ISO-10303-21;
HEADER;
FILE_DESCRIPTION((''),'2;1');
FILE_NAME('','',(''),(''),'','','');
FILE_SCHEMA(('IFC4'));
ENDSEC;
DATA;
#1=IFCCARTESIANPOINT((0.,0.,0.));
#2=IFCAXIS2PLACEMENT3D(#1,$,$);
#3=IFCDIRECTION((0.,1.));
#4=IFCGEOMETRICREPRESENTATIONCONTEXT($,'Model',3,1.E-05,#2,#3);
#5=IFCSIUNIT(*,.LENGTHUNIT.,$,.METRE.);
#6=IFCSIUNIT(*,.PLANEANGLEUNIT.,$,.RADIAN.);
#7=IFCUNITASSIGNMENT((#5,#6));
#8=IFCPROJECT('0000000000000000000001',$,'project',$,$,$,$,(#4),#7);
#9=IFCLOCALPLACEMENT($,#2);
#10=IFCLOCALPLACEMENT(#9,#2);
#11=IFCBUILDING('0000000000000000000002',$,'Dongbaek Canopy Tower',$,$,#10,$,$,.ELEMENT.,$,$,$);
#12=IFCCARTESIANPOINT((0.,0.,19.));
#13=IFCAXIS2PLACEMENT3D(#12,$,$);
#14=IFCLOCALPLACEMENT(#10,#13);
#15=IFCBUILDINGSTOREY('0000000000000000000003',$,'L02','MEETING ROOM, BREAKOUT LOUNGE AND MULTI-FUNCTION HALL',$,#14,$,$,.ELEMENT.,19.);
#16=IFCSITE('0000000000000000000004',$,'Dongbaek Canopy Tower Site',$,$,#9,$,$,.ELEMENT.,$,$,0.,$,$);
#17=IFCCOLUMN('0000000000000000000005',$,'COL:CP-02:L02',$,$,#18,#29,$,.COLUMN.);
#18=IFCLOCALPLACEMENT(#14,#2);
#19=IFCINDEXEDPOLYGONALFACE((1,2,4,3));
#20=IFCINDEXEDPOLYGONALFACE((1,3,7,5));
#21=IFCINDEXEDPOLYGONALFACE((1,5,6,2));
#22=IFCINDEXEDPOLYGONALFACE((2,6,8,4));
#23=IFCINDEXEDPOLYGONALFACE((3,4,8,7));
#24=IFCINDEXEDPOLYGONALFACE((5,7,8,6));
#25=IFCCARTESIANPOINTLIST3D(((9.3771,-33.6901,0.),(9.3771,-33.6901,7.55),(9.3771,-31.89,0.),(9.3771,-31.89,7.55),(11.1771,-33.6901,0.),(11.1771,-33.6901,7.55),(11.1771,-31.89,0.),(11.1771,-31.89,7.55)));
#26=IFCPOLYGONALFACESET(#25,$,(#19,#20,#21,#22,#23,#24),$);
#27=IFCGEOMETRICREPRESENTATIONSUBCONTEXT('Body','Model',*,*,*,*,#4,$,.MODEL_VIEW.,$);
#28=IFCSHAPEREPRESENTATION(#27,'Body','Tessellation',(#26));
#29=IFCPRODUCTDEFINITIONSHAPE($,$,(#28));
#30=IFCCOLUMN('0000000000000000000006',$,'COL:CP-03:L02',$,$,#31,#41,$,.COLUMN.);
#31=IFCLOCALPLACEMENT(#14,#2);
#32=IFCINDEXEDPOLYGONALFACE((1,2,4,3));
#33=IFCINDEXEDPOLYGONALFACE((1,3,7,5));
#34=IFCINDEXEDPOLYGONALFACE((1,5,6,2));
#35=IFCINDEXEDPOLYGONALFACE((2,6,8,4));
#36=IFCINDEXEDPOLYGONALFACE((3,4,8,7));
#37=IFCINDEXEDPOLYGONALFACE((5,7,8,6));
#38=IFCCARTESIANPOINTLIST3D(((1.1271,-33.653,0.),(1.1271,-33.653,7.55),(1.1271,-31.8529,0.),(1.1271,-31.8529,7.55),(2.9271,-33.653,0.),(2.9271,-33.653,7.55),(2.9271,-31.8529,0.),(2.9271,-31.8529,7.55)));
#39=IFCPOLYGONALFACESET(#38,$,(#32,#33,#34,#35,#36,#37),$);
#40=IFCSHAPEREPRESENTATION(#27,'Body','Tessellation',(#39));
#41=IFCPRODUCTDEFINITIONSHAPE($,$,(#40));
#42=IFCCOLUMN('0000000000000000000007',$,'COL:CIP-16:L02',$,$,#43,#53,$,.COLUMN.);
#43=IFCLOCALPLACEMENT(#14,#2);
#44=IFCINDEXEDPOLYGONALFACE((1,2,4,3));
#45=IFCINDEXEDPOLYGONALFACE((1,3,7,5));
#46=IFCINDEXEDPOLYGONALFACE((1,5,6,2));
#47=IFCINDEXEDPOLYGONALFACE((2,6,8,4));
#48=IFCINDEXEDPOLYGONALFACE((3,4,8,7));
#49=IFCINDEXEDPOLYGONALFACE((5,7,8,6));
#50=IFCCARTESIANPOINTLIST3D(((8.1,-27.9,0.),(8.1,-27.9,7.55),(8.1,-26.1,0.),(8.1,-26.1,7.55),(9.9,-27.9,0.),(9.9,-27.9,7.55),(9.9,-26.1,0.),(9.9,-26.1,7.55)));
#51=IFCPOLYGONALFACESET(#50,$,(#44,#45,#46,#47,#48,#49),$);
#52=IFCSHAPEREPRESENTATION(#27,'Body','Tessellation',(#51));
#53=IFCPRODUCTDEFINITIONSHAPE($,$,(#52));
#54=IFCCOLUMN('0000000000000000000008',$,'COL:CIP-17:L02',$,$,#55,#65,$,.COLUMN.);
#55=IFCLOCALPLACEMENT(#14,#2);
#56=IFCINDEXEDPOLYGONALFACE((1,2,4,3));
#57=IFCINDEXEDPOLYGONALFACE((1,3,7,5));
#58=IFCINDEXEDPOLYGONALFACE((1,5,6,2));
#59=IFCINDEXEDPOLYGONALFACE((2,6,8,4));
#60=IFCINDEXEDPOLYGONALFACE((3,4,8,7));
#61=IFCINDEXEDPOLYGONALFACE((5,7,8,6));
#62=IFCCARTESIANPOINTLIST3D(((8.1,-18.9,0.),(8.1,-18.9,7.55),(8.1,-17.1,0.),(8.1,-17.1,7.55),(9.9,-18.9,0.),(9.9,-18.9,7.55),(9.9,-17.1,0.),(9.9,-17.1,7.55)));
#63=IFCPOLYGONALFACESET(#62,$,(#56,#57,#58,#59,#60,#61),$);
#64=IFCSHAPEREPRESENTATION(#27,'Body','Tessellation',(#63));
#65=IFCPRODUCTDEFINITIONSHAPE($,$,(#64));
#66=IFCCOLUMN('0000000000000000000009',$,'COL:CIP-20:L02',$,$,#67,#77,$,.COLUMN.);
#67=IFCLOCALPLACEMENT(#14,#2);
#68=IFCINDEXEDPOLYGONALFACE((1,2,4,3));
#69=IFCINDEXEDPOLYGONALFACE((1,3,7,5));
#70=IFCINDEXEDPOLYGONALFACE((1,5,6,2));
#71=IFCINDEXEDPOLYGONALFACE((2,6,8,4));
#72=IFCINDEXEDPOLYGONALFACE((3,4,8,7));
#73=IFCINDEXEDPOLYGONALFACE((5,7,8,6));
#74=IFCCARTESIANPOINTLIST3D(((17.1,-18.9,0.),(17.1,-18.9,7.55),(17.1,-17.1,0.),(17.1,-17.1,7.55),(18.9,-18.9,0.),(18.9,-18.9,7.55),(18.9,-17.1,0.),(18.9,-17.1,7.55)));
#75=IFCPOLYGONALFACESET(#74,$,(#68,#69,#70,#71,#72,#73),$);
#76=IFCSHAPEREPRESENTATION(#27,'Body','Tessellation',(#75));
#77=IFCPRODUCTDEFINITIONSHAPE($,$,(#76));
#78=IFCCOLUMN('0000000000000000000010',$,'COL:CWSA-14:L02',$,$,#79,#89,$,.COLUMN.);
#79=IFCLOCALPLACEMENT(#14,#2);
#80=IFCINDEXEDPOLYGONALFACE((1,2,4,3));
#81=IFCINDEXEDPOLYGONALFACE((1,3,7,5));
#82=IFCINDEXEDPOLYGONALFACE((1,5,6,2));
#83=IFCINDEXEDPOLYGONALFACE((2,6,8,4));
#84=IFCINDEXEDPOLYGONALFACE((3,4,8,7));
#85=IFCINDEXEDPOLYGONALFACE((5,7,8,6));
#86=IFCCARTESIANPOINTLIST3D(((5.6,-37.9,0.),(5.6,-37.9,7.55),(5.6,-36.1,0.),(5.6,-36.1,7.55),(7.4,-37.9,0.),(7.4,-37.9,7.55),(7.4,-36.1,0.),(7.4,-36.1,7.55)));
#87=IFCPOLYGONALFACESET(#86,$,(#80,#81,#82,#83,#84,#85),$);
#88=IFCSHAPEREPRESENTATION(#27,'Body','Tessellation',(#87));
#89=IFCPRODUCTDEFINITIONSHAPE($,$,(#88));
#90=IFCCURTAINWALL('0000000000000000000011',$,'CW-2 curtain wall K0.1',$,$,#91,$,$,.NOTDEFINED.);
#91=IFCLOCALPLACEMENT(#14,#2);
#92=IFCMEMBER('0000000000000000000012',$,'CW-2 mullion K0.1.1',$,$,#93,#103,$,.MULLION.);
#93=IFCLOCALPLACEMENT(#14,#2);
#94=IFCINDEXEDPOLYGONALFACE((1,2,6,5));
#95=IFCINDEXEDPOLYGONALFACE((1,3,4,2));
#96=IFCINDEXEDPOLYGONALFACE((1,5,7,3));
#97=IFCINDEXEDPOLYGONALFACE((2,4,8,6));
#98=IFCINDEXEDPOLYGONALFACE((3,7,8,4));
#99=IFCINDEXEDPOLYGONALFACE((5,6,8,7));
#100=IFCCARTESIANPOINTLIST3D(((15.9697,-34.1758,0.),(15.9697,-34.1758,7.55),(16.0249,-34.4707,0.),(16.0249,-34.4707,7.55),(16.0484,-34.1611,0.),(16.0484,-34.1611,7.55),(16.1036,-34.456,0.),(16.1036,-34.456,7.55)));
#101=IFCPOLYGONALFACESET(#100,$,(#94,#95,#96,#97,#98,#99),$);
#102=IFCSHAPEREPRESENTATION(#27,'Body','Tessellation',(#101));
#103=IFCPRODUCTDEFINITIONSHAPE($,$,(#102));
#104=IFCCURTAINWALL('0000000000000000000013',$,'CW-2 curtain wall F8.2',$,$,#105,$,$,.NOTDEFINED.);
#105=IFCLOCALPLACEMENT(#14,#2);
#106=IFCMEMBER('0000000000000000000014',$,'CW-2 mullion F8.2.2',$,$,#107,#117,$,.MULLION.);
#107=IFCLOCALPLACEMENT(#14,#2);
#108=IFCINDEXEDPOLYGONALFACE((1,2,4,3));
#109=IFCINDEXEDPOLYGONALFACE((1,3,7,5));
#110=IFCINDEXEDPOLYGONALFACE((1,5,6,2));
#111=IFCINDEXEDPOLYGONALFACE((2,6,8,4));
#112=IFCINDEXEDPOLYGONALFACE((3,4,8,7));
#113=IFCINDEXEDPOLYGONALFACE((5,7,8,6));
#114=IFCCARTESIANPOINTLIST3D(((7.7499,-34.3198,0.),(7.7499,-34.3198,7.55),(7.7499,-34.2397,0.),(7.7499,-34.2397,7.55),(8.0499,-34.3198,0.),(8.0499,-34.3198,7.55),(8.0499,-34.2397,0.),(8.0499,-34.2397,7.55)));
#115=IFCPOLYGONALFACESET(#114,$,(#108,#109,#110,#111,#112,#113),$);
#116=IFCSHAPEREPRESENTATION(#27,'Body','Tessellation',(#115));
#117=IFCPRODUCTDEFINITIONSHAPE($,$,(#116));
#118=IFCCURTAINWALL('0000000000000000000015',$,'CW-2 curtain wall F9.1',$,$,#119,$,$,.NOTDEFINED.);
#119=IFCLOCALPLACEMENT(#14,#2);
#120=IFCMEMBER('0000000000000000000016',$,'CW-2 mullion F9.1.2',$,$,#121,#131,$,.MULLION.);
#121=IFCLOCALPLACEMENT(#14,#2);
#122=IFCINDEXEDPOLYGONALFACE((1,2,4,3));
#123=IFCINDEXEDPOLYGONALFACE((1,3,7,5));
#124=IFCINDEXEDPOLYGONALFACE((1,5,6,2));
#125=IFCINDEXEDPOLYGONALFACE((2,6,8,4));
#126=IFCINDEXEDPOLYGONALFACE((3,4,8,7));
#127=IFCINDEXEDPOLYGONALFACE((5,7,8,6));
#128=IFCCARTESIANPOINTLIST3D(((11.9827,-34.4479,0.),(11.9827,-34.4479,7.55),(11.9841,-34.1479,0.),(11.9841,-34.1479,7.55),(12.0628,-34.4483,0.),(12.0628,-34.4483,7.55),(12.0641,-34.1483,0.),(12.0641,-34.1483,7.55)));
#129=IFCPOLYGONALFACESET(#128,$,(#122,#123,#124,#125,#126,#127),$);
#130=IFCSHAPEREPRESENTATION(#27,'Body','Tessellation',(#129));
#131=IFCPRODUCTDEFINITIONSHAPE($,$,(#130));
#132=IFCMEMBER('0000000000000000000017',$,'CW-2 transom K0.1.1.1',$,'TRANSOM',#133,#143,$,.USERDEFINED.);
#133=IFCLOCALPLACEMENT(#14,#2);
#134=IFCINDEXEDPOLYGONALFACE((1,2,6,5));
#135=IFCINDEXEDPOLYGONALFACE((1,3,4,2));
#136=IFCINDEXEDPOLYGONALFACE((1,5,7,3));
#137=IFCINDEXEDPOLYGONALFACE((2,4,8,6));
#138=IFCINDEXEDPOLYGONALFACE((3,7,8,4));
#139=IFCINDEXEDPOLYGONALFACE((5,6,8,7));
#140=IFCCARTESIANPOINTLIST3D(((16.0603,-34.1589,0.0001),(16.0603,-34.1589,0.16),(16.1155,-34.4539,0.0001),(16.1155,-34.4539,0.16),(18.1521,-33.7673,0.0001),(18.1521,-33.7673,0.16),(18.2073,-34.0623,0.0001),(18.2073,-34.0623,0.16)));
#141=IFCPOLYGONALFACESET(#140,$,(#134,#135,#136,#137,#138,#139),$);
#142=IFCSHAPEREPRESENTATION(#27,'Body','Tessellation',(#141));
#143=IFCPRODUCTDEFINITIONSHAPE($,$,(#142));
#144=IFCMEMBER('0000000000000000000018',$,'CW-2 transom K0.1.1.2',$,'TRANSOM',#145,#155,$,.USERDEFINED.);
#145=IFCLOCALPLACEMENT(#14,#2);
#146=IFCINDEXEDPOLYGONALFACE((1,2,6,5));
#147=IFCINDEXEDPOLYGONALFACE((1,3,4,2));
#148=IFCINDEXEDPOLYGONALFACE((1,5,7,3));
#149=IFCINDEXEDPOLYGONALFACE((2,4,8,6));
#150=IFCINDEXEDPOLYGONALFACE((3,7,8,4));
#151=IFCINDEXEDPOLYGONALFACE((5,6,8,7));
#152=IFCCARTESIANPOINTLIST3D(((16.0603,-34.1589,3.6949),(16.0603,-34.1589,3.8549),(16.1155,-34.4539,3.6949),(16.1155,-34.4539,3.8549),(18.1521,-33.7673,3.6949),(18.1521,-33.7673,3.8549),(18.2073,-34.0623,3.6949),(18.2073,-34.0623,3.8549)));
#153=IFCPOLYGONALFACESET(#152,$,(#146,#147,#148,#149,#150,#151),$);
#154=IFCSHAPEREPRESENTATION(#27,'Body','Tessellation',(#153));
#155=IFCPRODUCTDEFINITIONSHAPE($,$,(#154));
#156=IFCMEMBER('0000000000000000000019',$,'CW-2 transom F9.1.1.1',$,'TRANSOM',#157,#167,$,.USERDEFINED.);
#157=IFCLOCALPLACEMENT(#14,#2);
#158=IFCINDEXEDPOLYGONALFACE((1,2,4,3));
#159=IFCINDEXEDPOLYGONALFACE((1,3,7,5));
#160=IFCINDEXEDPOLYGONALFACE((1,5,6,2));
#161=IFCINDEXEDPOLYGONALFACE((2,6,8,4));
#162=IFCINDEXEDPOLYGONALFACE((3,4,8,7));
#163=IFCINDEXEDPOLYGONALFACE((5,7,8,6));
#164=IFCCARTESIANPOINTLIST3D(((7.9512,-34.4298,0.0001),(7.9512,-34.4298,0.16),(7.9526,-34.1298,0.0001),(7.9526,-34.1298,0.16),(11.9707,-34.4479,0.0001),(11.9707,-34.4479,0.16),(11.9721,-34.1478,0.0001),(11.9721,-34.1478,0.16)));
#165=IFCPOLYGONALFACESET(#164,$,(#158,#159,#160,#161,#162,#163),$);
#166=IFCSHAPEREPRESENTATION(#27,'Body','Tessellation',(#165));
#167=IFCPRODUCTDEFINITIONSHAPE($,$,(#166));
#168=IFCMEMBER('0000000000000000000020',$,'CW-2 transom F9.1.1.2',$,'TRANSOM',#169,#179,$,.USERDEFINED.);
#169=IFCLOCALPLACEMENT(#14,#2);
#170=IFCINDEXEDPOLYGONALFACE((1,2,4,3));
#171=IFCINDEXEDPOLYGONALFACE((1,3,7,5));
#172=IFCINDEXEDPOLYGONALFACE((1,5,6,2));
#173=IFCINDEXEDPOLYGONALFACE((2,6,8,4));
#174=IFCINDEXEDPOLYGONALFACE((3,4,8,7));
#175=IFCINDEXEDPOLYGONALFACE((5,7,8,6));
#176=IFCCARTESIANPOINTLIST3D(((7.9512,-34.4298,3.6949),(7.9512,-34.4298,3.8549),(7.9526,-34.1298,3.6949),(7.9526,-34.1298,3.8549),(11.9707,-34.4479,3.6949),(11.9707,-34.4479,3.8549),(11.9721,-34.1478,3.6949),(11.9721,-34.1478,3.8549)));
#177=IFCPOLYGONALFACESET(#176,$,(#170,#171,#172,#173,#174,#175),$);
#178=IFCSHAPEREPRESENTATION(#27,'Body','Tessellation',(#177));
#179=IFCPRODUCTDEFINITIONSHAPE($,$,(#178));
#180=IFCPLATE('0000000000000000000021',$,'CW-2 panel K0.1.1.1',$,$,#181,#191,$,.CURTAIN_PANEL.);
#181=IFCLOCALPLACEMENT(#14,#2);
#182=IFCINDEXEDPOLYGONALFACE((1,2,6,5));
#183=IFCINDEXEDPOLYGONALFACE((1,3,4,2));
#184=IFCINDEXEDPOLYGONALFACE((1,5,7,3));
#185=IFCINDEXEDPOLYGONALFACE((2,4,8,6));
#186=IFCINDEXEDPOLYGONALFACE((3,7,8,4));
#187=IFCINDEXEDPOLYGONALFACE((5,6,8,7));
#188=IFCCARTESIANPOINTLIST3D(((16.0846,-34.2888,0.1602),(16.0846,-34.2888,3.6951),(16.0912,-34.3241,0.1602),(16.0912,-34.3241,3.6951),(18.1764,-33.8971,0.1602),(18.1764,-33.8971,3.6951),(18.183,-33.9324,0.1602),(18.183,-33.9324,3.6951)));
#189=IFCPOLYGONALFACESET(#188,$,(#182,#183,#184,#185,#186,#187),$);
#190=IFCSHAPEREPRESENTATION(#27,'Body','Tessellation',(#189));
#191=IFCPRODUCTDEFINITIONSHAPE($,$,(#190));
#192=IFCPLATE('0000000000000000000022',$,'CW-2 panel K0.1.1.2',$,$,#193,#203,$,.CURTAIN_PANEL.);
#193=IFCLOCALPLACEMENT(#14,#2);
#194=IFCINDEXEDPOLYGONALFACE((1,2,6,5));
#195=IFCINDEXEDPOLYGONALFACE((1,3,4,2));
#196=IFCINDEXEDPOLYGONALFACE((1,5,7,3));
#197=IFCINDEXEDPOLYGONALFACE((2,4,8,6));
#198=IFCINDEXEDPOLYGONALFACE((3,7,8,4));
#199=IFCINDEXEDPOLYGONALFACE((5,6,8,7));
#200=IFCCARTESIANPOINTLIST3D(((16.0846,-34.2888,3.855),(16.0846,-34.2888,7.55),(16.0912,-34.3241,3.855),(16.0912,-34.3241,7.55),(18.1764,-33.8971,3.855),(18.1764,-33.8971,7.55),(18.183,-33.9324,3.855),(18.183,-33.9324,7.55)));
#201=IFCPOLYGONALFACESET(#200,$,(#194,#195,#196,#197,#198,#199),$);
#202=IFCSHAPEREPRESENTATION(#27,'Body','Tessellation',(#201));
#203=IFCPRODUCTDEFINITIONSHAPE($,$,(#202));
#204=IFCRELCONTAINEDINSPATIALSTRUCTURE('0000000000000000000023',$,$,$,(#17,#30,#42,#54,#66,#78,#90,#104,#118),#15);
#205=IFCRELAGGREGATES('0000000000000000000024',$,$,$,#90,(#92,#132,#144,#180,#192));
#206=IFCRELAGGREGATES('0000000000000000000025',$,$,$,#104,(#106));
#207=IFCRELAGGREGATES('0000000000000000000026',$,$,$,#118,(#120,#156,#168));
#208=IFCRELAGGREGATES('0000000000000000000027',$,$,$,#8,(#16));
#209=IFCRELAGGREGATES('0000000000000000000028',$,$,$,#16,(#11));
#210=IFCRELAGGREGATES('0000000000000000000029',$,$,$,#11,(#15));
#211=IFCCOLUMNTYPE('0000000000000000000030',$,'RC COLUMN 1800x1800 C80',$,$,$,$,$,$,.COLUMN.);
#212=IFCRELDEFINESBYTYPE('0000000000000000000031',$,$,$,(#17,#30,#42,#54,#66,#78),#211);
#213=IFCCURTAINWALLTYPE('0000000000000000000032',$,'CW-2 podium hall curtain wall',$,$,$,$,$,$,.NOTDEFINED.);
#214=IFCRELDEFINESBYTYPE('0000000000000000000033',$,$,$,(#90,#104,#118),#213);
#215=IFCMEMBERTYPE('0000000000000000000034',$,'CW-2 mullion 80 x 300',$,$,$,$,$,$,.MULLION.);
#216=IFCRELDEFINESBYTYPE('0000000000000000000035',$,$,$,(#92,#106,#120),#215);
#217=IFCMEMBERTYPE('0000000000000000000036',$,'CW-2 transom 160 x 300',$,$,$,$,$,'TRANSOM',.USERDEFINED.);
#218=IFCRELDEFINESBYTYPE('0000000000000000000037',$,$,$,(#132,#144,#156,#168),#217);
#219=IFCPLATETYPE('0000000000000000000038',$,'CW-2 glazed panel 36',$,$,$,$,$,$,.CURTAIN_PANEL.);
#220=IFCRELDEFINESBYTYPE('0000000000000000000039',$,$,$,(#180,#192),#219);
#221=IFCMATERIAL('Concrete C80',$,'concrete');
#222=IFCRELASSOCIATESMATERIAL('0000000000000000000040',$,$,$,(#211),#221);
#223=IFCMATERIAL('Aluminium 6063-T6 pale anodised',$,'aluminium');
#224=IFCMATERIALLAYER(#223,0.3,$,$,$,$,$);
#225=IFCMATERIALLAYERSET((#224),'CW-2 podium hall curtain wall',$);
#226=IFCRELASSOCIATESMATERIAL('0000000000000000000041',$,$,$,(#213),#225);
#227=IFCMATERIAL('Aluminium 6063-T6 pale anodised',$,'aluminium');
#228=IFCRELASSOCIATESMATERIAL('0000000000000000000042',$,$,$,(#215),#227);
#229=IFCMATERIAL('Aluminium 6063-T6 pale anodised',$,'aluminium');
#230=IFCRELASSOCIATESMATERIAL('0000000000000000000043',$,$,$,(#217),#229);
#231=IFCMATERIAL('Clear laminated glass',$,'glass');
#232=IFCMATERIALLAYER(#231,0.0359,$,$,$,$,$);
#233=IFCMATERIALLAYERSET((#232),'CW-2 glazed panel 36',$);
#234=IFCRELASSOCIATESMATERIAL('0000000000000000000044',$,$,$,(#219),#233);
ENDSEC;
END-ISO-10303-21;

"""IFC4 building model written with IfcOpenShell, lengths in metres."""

from ifc_helpers import new_model, si_unit, direction, frame, origin, origin_2d, place, context, subcontext, project, spatial, rectangle, extrude, material, layer, layer_set, material_profile, profile_set, type_object, element, aggregate, save


model = new_model("IFC4")

# Units and contexts
model_context = context("Model", 3, precision=1e-05, world=origin(), true_north=direction((0.0, 1.0)))
body_context = subcontext(model_context, "Body", "Model", "MODEL_VIEW")
ifc_project = project(units=[si_unit("LENGTHUNIT", "METRE"), si_unit("PLANEANGLEUNIT", "RADIAN")], contexts=[model_context])

# Site, building, storey
site_placement = place(None, origin())
site = spatial("IfcSite", under=ifc_project, at=site_placement, Name="Dongbaek Canopy Tower Site", CompositionType="ELEMENT", RefElevation=0.0)
building_placement = place(site_placement, origin())
building = spatial("IfcBuilding", under=site, at=building_placement, Name="Dongbaek Canopy Tower", CompositionType="ELEMENT")
storey_placement = place(building_placement, frame((0.0, 0.0, 19.0)))
storey = spatial("IfcBuildingStorey", under=building, at=storey_placement, Name="L02", Description="MEETING ROOM, BREAKOUT LOUNGE AND MULTI-FUNCTION HALL", CompositionType="ELEMENT", Elevation=19.0)

# Columns
ifc_material_1 = material(Name="Concrete C80", Category="concrete")
ifc_material_profile_1 = material_profile(ifc_material_1, rectangle(XDim=1.8, YDim=1.8, at=origin_2d()), Name="RC COLUMN 1800x1800 C80")
ifc_profile_set_1 = profile_set([ifc_material_profile_1], Name="Concrete C80")
column_type = type_object("IfcColumnType", Name="RC COLUMN 1800x1800 C80", PredefinedType="COLUMN", material=ifc_profile_set_1)
for number, where, z_axis, x_axis, name in (
    (1, (10.2771, -32.79, 0.0), (0.0, 0.0, 1.0), (1.0, 0.0, 0.0), "COL:CP-02:L02"),
    (2, (2.0271, -32.7529, 0.0), (0.0, 0.0, 1.0), (1.0, 0.0, 0.0), "COL:CP-03:L02"),
    (3, (9.0, -27.0, 0.0), (0.0, 0.0, 1.0), (1.0, 0.0, 0.0), "COL:CIP-16:L02"),
    (4, (9.0, -18.0, 0.0), (0.0, 0.0, 1.0), (1.0, 0.0, 0.0), "COL:CIP-17:L02"),
    (5, (18.0, -18.0, 0.0), (0.0, 0.0, 1.0), (1.0, 0.0, 0.0), "COL:CIP-20:L02"),
    (6, (6.5, -37.0, 0.0), (0.0, 0.0, 1.0), (1.0, 0.0, 0.0), "COL:CWSA-14:L02"),
):
    element("IfcColumn", number, at=place(storey_placement, frame(where, z_axis=z_axis, x_axis=x_axis)), inside=storey, type_object=column_type, Name=name, PredefinedType="COLUMN", context=body_context, shape_type="SweptSolid", body=[
        extrude(rectangle(XDim=1.8, YDim=1.8, at=origin_2d()), origin(), (0.0, 0.0, 1.0), 7.55),
    ])

# Curtain walls, members
ifc_material_2 = material(Name="Aluminium 6063-T6 pale anodised", Category="aluminium")
ifc_layer_1 = layer(ifc_material_2, 0.3)
ifc_layer_set_1 = layer_set([ifc_layer_1], Name="CW-2 podium hall curtain wall")
curtain_wall_type = type_object("IfcCurtainWallType", Name="CW-2 podium hall curtain wall", PredefinedType="NOTDEFINED", material=ifc_layer_set_1)
curtain_wall_1_placement = place(storey_placement, origin())
curtain_wall_1 = element("IfcCurtainWall", 7, at=curtain_wall_1_placement, inside=storey, type_object=curtain_wall_type, Name="CW-2 curtain wall K0.1", PredefinedType="NOTDEFINED")
ifc_material_3 = material(Name="Aluminium 6063-T6 pale anodised", Category="aluminium")
ifc_material_profile_2 = material_profile(ifc_material_3, rectangle(XDim=0.3, YDim=0.0801, at=origin_2d()), Name="CW-2 mullion 80 x 300")
ifc_profile_set_2 = profile_set([ifc_material_profile_2], Name="Aluminium 6063-T6 pale anodised")
member_type_1 = type_object("IfcMemberType", Name="CW-2 mullion 80 x 300", PredefinedType="MULLION", material=ifc_profile_set_2)
member_1_placement = place(storey_placement, frame((16.0366, -34.3159, 0.0), z_axis=(0.0, 0.0, 1.0), x_axis=(0.184024, -0.982922, 0.0)))
member_1 = element("IfcMember", 8, at=member_1_placement, type_object=member_type_1, Name="CW-2 mullion K0.1.1", PredefinedType="MULLION", context=body_context, shape_type="SweptSolid", body=[
    extrude(rectangle(XDim=0.3, YDim=0.0801, at=origin_2d()), origin(), (0.0, 0.0, 1.0), 7.55),
])
curtain_wall_2_placement = place(storey_placement, origin())
curtain_wall_2 = element("IfcCurtainWall", 9, at=curtain_wall_2_placement, inside=storey, type_object=curtain_wall_type, Name="CW-2 curtain wall F8.2", PredefinedType="NOTDEFINED")
member_2_placement = place(storey_placement, frame((7.8999, -34.2798, 0.0), z_axis=(0.0, 0.0, 1.0), x_axis=(1.0, 0.0, 0.0)))
member_2 = element("IfcMember", 10, at=member_2_placement, type_object=member_type_1, Name="CW-2 mullion F8.2.2", PredefinedType="MULLION", context=body_context, shape_type="SweptSolid", body=[
    extrude(rectangle(XDim=0.3, YDim=0.0801, at=origin_2d()), origin(), (0.0, 0.0, 1.0), 7.55),
])
curtain_wall_3_placement = place(storey_placement, origin())
curtain_wall_3 = element("IfcCurtainWall", 11, at=curtain_wall_3_placement, inside=storey, type_object=curtain_wall_type, Name="CW-2 curtain wall F9.1", PredefinedType="NOTDEFINED")
member_3_placement = place(storey_placement, frame((12.0234, -34.2981, 0.0), z_axis=(0.0, 0.0, 1.0), x_axis=(-0.004466, -0.99999, 0.0)))
member_3 = element("IfcMember", 12, at=member_3_placement, type_object=member_type_1, Name="CW-2 mullion F9.1.2", PredefinedType="MULLION", context=body_context, shape_type="SweptSolid", body=[
    extrude(rectangle(XDim=0.3, YDim=0.0801, at=origin_2d()), origin(), (0.0, 0.0, 1.0), 7.55),
])

# Members
ifc_material_4 = material(Name="Aluminium 6063-T6 pale anodised", Category="aluminium")
ifc_material_profile_3 = material_profile(ifc_material_4, rectangle(XDim=0.3, YDim=0.1599, at=origin_2d()), Name="CW-2 transom 160 x 300")
ifc_profile_set_3 = profile_set([ifc_material_profile_3], Name="Aluminium 6063-T6 pale anodised")
member_type_2 = type_object("IfcMemberType", Name="CW-2 transom 160 x 300", ElementType="TRANSOM", PredefinedType="USERDEFINED", material=ifc_profile_set_3)
member_4_placement = place(storey_placement, frame((16.0879, -34.3064, 0.0801), z_axis=(0.982924, 0.184011, 0.0), x_axis=(-0.184011, 0.982924, 0.0)))
member_4 = element("IfcMember", 13, at=member_4_placement, type_object=member_type_2, Name="CW-2 transom K0.1.1.1", ObjectType="TRANSOM", PredefinedType="USERDEFINED", context=body_context, shape_type="SweptSolid", body=[
    extrude(rectangle(XDim=0.3, YDim=0.1599, at=origin_2d()), origin(), (0.0, 0.0, 1.0), 2.1282),
])
member_5_placement = place(storey_placement, frame((16.0879, -34.3064, 3.7749), z_axis=(0.982924, 0.184011, 0.0), x_axis=(-0.184011, 0.982924, 0.0)))
member_5 = element("IfcMember", 14, at=member_5_placement, type_object=member_type_2, Name="CW-2 transom K0.1.1.2", ObjectType="TRANSOM", PredefinedType="USERDEFINED", context=body_context, shape_type="SweptSolid", body=[
    extrude(rectangle(XDim=0.3, YDim=0.1599, at=origin_2d()), origin(), (0.0, 0.0, 1.0), 2.1282),
])
member_6_placement = place(storey_placement, frame((7.9519, -34.2798, 0.0801), z_axis=(0.99999, -0.004495, 0.0), x_axis=(0.004495, 0.99999, 0.0)))
member_6 = element("IfcMember", 15, at=member_6_placement, type_object=member_type_2, Name="CW-2 transom F9.1.1.1", ObjectType="TRANSOM", PredefinedType="USERDEFINED", context=body_context, shape_type="SweptSolid", body=[
    extrude(rectangle(XDim=0.3, YDim=0.1599, at=origin_2d()), origin(), (0.0, 0.0, 1.0), 4.0195),
])
member_7_placement = place(storey_placement, frame((7.9519, -34.2798, 3.7749), z_axis=(0.99999, -0.004495, 0.0), x_axis=(0.004495, 0.99999, 0.0)))
member_7 = element("IfcMember", 16, at=member_7_placement, type_object=member_type_2, Name="CW-2 transom F9.1.1.2", ObjectType="TRANSOM", PredefinedType="USERDEFINED", context=body_context, shape_type="SweptSolid", body=[
    extrude(rectangle(XDim=0.3, YDim=0.1599, at=origin_2d()), origin(), (0.0, 0.0, 1.0), 4.0195),
])

# Plates
ifc_material_5 = material(Name="Clear laminated glass", Category="glass")
ifc_layer_2 = layer(ifc_material_5, 0.0359)
ifc_layer_set_2 = layer_set([ifc_layer_2], Name="CW-2 glazed panel 36")
plate_type = type_object("IfcPlateType", Name="CW-2 glazed panel 36", PredefinedType="CURTAIN_PANEL", material=ifc_layer_set_2)
plate_1_placement = place(storey_placement, frame((17.1338, -34.1106, 0.1602), z_axis=(0.0, 0.0, 1.0), x_axis=(0.982922, 0.184024, 0.0)))
plate_1 = element("IfcPlate", 17, at=plate_1_placement, type_object=plate_type, Name="CW-2 panel K0.1.1.1", PredefinedType="CURTAIN_PANEL", context=body_context, shape_type="SweptSolid", body=[
    extrude(rectangle(XDim=2.1282, YDim=0.0359, at=origin_2d()), origin(), (0.0, 0.0, 1.0), 3.5349),
])
plate_2_placement = place(storey_placement, frame((17.1338, -34.1106, 3.855), z_axis=(0.0, 0.0, 1.0), x_axis=(0.982922, 0.184024, 0.0)))
plate_2 = element("IfcPlate", 18, at=plate_2_placement, type_object=plate_type, Name="CW-2 panel K0.1.1.2", PredefinedType="CURTAIN_PANEL", context=body_context, shape_type="SweptSolid", body=[
    extrude(rectangle(XDim=2.1282, YDim=0.0359, at=origin_2d()), origin(), (0.0, 0.0, 1.0), 3.6951),
])
aggregate(curtain_wall_1, [member_1, member_4, member_5, plate_1, plate_2])
aggregate(curtain_wall_2, [member_2])
aggregate(curtain_wall_3, [member_3, member_6, member_7])

save(model, "model.ifc")
